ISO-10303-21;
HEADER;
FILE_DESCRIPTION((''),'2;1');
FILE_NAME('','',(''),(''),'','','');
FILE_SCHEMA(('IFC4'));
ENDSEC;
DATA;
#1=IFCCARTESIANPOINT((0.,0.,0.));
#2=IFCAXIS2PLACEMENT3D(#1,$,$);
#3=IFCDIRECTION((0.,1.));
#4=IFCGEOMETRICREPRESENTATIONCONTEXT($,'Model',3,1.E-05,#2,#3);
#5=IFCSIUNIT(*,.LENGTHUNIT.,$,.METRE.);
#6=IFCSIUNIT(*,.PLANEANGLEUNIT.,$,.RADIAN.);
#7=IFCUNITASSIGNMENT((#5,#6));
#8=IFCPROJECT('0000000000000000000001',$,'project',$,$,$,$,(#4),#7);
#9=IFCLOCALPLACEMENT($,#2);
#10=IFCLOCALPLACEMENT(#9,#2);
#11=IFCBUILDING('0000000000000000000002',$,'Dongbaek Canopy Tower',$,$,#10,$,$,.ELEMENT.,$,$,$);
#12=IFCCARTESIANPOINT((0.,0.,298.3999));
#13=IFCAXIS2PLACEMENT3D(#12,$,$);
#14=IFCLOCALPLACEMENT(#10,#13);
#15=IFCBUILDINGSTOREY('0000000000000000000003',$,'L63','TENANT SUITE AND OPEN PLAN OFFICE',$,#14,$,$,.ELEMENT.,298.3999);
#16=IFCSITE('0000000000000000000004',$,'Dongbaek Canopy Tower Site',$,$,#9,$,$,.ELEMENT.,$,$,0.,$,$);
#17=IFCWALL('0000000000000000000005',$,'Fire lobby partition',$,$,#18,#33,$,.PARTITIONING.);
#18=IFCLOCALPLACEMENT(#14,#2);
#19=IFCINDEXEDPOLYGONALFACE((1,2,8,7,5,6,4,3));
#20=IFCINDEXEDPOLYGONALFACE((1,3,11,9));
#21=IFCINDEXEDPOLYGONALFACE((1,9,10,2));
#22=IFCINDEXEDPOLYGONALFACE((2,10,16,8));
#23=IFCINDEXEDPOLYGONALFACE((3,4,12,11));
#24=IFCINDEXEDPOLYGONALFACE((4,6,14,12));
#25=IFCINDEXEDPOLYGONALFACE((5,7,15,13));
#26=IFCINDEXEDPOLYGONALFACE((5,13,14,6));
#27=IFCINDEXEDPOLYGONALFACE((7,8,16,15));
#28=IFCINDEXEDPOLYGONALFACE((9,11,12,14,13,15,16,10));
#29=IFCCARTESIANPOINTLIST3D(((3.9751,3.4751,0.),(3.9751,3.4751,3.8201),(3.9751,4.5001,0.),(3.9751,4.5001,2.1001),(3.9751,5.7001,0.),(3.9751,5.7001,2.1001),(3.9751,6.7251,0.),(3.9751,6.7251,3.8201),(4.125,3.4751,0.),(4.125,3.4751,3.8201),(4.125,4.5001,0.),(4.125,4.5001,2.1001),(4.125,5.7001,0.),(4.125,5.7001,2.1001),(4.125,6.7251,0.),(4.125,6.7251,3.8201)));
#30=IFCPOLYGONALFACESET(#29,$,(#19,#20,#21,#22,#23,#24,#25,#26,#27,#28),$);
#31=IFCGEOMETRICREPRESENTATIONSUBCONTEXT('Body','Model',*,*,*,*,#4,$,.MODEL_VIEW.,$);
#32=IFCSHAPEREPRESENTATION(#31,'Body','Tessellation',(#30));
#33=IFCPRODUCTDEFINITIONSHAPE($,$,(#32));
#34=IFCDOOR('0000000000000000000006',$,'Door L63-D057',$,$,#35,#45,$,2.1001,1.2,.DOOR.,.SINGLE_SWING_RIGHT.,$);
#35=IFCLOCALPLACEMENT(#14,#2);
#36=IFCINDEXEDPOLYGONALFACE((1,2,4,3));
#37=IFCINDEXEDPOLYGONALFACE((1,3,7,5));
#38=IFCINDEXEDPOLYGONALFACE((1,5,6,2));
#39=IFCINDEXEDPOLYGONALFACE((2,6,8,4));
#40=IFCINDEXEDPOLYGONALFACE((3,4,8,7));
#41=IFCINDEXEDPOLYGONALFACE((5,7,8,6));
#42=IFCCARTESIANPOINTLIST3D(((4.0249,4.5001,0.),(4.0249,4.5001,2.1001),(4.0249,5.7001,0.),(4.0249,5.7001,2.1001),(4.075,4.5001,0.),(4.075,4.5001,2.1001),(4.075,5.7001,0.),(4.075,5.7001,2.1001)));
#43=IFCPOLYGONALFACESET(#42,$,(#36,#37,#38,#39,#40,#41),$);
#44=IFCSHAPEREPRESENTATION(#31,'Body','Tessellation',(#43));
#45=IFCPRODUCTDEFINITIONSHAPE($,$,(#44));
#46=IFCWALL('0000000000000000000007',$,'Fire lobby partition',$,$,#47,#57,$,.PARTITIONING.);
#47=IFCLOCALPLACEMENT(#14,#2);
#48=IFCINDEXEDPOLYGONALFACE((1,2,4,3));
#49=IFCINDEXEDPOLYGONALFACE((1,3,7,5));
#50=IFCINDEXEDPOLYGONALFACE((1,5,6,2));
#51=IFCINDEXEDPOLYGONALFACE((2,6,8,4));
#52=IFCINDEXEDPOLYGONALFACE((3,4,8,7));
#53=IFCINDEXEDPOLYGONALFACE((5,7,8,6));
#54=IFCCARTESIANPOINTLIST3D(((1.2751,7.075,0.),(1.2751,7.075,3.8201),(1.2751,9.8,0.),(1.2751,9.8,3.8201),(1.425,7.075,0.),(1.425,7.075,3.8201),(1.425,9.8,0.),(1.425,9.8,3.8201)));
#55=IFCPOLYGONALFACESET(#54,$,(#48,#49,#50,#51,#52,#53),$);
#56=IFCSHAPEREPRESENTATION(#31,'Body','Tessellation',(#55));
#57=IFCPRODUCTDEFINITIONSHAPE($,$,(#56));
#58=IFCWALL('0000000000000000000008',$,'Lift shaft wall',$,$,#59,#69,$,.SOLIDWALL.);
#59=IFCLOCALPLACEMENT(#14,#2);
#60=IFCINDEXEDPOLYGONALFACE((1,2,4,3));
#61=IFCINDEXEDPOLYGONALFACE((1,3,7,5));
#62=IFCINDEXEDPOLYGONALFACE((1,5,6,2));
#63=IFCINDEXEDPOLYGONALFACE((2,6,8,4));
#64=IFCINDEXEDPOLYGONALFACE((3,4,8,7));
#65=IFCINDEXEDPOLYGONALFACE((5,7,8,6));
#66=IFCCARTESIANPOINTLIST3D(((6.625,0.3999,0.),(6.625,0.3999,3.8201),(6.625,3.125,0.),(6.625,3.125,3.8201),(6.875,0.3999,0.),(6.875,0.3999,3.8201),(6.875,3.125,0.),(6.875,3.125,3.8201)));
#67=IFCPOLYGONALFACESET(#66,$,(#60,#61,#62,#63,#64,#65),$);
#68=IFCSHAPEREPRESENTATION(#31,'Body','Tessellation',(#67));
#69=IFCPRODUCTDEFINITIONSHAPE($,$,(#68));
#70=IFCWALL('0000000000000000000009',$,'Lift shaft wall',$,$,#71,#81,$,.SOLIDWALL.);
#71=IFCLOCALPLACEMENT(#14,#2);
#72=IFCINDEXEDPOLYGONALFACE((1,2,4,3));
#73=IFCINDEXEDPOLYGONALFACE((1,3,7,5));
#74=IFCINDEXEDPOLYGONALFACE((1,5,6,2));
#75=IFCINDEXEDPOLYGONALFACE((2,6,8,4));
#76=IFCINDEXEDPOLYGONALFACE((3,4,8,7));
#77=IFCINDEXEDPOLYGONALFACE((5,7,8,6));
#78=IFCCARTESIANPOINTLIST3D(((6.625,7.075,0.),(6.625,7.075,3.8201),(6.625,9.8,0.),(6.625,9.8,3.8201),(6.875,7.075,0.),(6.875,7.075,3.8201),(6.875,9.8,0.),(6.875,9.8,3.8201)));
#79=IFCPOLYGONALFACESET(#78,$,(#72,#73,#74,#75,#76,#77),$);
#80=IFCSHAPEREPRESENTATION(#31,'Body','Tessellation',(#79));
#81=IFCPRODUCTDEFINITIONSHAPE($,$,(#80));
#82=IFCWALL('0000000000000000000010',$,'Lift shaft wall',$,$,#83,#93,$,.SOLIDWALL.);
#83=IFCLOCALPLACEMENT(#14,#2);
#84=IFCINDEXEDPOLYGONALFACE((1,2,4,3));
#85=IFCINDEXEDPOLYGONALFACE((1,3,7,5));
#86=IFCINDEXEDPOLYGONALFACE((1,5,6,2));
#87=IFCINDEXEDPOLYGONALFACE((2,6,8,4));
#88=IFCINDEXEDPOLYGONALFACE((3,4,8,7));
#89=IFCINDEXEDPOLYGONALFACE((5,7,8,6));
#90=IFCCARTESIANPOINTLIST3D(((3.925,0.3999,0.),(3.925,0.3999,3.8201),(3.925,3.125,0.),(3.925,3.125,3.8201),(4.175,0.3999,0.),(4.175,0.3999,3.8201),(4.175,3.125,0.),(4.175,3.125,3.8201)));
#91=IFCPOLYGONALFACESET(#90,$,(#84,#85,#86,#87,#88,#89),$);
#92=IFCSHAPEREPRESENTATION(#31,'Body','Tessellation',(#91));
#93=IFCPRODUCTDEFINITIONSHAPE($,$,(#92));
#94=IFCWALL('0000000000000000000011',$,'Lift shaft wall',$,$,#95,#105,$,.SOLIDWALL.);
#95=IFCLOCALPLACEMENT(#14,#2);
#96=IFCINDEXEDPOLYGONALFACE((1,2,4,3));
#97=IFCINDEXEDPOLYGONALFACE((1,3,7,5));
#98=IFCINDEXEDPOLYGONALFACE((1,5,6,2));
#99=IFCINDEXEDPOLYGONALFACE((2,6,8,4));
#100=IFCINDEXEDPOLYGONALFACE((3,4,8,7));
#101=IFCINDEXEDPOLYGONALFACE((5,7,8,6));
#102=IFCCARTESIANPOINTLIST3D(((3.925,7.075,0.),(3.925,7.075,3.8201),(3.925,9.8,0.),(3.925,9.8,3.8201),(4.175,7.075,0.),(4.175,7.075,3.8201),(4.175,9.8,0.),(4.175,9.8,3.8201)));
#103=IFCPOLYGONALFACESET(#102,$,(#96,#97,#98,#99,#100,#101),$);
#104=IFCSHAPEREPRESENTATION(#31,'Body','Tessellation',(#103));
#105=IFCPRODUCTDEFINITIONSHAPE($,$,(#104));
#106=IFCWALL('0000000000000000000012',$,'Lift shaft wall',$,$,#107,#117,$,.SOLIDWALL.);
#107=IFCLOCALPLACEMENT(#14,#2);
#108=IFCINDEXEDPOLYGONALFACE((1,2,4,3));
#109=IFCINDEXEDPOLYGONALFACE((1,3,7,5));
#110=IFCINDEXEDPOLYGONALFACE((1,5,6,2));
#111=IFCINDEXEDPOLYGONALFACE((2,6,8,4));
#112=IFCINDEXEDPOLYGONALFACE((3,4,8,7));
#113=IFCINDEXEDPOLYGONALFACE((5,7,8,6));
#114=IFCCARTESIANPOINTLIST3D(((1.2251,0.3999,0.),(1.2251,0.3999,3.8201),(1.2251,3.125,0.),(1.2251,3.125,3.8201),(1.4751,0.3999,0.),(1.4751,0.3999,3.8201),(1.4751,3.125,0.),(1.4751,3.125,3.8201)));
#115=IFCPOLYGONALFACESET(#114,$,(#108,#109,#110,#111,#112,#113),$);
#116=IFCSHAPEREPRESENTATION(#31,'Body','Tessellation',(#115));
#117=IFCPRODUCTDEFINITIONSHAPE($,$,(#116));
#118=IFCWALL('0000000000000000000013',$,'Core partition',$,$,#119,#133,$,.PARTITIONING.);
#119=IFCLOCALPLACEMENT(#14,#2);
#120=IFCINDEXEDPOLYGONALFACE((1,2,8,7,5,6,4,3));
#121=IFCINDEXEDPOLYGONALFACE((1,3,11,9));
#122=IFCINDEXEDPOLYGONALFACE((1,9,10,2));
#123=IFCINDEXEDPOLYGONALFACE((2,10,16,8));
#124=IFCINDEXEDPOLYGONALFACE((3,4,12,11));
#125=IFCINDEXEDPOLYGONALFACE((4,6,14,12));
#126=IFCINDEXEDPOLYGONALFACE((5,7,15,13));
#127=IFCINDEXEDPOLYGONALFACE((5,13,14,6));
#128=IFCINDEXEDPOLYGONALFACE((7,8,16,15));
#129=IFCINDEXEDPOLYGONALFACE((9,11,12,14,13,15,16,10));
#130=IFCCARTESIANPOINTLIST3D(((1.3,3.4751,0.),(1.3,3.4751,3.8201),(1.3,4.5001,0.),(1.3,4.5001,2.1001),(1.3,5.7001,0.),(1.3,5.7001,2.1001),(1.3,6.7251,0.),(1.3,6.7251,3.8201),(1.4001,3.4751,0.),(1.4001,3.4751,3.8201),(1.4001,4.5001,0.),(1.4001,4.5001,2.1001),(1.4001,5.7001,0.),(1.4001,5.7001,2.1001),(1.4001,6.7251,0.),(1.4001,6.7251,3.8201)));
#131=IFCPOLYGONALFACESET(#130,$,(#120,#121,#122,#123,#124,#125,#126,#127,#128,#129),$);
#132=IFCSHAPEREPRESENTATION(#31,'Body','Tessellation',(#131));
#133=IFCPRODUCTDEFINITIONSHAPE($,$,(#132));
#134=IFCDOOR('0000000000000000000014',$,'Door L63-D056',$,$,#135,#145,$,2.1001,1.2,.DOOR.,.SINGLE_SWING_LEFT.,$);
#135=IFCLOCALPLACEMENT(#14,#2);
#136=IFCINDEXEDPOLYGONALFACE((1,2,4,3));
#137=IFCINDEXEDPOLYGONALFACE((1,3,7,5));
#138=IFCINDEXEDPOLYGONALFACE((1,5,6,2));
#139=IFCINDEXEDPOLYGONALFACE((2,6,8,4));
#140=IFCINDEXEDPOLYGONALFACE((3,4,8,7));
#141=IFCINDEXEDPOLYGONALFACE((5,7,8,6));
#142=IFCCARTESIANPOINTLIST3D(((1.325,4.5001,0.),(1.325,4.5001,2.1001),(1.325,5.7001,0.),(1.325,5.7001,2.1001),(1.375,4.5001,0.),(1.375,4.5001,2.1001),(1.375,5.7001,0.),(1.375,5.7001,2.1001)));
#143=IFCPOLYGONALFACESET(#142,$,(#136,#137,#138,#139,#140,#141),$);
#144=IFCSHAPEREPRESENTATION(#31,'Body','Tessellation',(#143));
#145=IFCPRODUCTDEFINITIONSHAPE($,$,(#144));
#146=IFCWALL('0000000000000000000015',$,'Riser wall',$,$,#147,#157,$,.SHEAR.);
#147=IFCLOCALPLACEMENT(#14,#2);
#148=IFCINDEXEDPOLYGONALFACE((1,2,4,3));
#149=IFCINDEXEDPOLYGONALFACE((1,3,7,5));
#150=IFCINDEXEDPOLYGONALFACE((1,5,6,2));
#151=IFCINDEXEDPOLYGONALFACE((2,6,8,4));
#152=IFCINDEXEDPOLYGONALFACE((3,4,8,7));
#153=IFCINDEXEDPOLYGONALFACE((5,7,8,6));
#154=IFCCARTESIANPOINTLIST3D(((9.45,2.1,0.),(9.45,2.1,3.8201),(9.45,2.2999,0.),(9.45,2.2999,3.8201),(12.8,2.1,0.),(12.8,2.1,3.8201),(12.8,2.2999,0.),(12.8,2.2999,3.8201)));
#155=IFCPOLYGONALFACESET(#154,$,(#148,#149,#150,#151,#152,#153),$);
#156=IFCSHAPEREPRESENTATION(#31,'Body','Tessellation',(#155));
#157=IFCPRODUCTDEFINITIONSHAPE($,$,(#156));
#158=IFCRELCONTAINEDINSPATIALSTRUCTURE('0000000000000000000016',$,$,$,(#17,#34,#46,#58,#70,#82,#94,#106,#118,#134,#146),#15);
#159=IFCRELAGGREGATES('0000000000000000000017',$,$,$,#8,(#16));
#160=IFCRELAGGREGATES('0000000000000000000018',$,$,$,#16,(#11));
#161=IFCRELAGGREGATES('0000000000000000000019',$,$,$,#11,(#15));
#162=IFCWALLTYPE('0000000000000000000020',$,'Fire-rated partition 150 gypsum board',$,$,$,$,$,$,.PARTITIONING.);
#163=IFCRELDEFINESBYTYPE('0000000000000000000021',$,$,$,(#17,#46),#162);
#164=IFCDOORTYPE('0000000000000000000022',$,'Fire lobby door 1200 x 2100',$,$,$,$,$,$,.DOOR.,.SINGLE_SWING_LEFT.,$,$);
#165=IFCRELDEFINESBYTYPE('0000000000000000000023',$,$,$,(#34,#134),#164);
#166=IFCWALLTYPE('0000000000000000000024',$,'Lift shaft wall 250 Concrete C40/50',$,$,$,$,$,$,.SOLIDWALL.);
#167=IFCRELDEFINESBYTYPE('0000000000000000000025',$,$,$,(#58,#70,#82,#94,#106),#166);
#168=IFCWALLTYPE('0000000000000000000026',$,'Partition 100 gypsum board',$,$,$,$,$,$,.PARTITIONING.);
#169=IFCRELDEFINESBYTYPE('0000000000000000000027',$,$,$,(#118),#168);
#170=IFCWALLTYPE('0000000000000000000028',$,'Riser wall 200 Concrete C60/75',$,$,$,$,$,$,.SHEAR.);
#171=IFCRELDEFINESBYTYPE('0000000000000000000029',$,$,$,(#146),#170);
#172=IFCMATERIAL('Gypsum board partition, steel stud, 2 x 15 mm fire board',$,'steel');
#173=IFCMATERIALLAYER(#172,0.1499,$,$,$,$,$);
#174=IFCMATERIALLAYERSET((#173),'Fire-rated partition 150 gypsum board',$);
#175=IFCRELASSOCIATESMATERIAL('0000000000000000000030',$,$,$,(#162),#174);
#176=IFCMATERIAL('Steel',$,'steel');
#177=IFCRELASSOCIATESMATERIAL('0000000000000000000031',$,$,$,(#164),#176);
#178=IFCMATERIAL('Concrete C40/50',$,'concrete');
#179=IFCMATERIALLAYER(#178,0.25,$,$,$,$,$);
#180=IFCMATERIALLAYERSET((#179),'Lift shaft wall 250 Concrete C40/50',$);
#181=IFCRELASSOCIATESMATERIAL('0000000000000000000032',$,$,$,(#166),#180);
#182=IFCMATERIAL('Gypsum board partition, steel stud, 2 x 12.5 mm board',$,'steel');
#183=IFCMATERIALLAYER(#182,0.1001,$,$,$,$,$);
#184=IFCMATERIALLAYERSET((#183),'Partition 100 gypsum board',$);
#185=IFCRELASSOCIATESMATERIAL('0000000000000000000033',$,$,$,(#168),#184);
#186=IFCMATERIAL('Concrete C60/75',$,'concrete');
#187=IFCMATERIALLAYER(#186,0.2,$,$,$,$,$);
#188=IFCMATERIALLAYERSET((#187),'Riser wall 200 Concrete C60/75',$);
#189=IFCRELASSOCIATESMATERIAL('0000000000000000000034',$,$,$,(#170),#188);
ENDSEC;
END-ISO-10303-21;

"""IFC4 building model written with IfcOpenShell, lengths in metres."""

from ifc_helpers import new_model, si_unit, direction, frame, frame_2d, origin, place, context, subcontext, project, spatial, rectangle, extrude, material, layer, layer_set, type_object, element, fill, save


model = new_model("IFC4")

# Units and contexts
model_context = context("Model", 3, precision=1e-05, world=origin(), true_north=direction((0.0, 1.0)))
body_context = subcontext(model_context, "Body", "Model", "MODEL_VIEW")
ifc_project = project(units=[si_unit("LENGTHUNIT", "METRE"), si_unit("PLANEANGLEUNIT", "RADIAN")], contexts=[model_context])

# Site, building, storey
site_placement = place(None, origin())
site = spatial("IfcSite", under=ifc_project, at=site_placement, Name="Dongbaek Canopy Tower Site", CompositionType="ELEMENT", RefElevation=0.0)
building_placement = place(site_placement, origin())
building = spatial("IfcBuilding", under=site, at=building_placement, Name="Dongbaek Canopy Tower", CompositionType="ELEMENT")
storey_placement = place(building_placement, frame((0.0, 0.0, 298.3999)))
storey = spatial("IfcBuildingStorey", under=building, at=storey_placement, Name="L63", Description="TENANT SUITE AND OPEN PLAN OFFICE", CompositionType="ELEMENT", Elevation=298.3999)

# Wall, opening, door
ifc_material_1 = material(Name="Gypsum board partition, steel stud, 2 x 15 mm fire board", Category="steel")
ifc_layer_1 = layer(ifc_material_1, 0.1499)
ifc_layer_set_1 = layer_set([ifc_layer_1], Name="Fire-rated partition 150 gypsum board")
wall_type_1 = type_object("IfcWallType", Name="Fire-rated partition 150 gypsum board", PredefinedType="PARTITIONING", material=ifc_layer_set_1)
wall_1_placement = place(storey_placement, frame((4.05, 6.7251, 0.0), z_axis=(0.0, 0.0, 1.0), x_axis=(0.0, -1.0, 0.0)))
wall_1 = element("IfcWall", 1, at=wall_1_placement, inside=storey, type_object=wall_type_1, Name="Fire lobby partition", PredefinedType="PARTITIONING", context=body_context, shape_type="SweptSolid", body=[
    extrude(rectangle(XDim=3.25, YDim=0.1499, at=frame_2d((1.625, 0.0))), origin(), (0.0, 0.0, 1.0), 3.8201),
])
opening_1_placement = place(wall_1_placement, frame((1.0249, 0.0, 0.0)))
opening_1 = element("IfcOpeningElement", 2, at=opening_1_placement, cuts=wall_1, PredefinedType="OPENING", context=body_context, shape_type="SweptSolid", body=[
    extrude(rectangle(XDim=1.2, YDim=2.1001, at=frame_2d((0.6001, 1.05))), frame((0.0, 0.085, 0.0), z_axis=(0.0, -1.0, 0.0), x_axis=(1.0, 0.0, 0.0)), (0.0, 0.0, 1.0), 0.1699),
])
ifc_material_2 = material(Name="Steel", Category="steel")
door_type_1 = type_object("IfcDoorType", Name="Fire lobby door 1200 x 2100", OperationType="SINGLE_SWING_LEFT", PredefinedType="DOOR", material=ifc_material_2)
door_1_placement = place(opening_1_placement, origin())
door_1 = element("IfcDoor", 3, at=door_1_placement, inside=storey, type_object=door_type_1, Name="Door L63-D057", OperationType="SINGLE_SWING_RIGHT", OverallHeight=2.1001, OverallWidth=1.2, PredefinedType="DOOR", context=body_context, shape_type="SweptSolid", body=[
    extrude(rectangle(XDim=1.2, YDim=2.1001, at=frame_2d((0.6001, 1.05))), frame((0.0, 0.0249, 0.0), z_axis=(0.0, -1.0, 0.0), x_axis=(1.0, 0.0, 0.0)), (0.0, 0.0, 1.0), 0.05),
])
fill(opening_1, door_1)

# Walls
wall_2_placement = place(storey_placement, frame((1.3501, 7.075, 0.0), z_axis=(0.0, 0.0, 1.0), x_axis=(0.0, 1.0, 0.0)))
element("IfcWall", 4, at=wall_2_placement, inside=storey, type_object=wall_type_1, Name="Fire lobby partition", PredefinedType="PARTITIONING", context=body_context, shape_type="SweptSolid", body=[
    extrude(rectangle(XDim=2.7251, YDim=0.1499, at=frame_2d((1.3625, 0.0))), origin(), (0.0, 0.0, 1.0), 3.8201),
])
ifc_material_3 = material(Name="Concrete C40/50", Category="concrete")
ifc_layer_2 = layer(ifc_material_3, 0.25)
ifc_layer_set_2 = layer_set([ifc_layer_2], Name="Lift shaft wall 250 Concrete C40/50")
wall_type_2 = type_object("IfcWallType", Name="Lift shaft wall 250 Concrete C40/50", PredefinedType="SOLIDWALL", material=ifc_layer_set_2)
for number, where, z_axis, x_axis, name in (
    (5, (6.75, 0.3999, 0.0), (0.0, 0.0, 1.0), (0.0, 1.0, 0.0), "Lift shaft wall"),
    (6, (6.75, 7.075, 0.0), (0.0, 0.0, 1.0), (0.0, 1.0, 0.0), "Lift shaft wall"),
    (7, (4.05, 0.3999, 0.0), (0.0, 0.0, 1.0), (0.0, 1.0, 0.0), "Lift shaft wall"),
    (8, (4.05, 7.075, 0.0), (0.0, 0.0, 1.0), (0.0, 1.0, 0.0), "Lift shaft wall"),
    (9, (1.3501, 0.3999, 0.0), (0.0, 0.0, 1.0), (0.0, 1.0, 0.0), "Lift shaft wall"),
):
    element("IfcWall", number, at=place(storey_placement, frame(where, z_axis=z_axis, x_axis=x_axis)), inside=storey, type_object=wall_type_2, Name=name, PredefinedType="SOLIDWALL", context=body_context, shape_type="SweptSolid", body=[
        extrude(rectangle(XDim=2.7251, YDim=0.25, at=frame_2d((1.3625, 0.0))), origin(), (0.0, 0.0, 1.0), 3.8201),
    ])

# Wall, opening, door
ifc_material_4 = material(Name="Gypsum board partition, steel stud, 2 x 12.5 mm board", Category="steel")
ifc_layer_3 = layer(ifc_material_4, 0.1001)
ifc_layer_set_3 = layer_set([ifc_layer_3], Name="Partition 100 gypsum board")
wall_type_3 = type_object("IfcWallType", Name="Partition 100 gypsum board", PredefinedType="PARTITIONING", material=ifc_layer_set_3)
wall_3_placement = place(storey_placement, frame((1.3501, 6.7251, 0.0), z_axis=(0.0, 0.0, 1.0), x_axis=(0.0, -1.0, 0.0)))
wall_3 = element("IfcWall", 10, at=wall_3_placement, inside=storey, type_object=wall_type_3, Name="Core partition", PredefinedType="PARTITIONING", context=body_context, shape_type="SweptSolid", body=[
    extrude(rectangle(XDim=3.25, YDim=0.1001, at=frame_2d((1.625, 0.0))), origin(), (0.0, 0.0, 1.0), 3.8201),
])
opening_2_placement = place(wall_3_placement, frame((1.0249, 0.0, 0.0)))
opening_2 = element("IfcOpeningElement", 11, at=opening_2_placement, cuts=wall_3, PredefinedType="OPENING", context=body_context, shape_type="SweptSolid", body=[
    extrude(rectangle(XDim=1.2, YDim=2.1001, at=frame_2d((0.6001, 1.05))), frame((0.0, 0.0601, 0.0), z_axis=(0.0, -1.0, 0.0), x_axis=(1.0, 0.0, 0.0)), (0.0, 0.0, 1.0), 0.1201),
])
door_2_placement = place(opening_2_placement, origin())
door_2 = element("IfcDoor", 12, at=door_2_placement, inside=storey, type_object=door_type_1, Name="Door L63-D056", OperationType="SINGLE_SWING_LEFT", OverallHeight=2.1001, OverallWidth=1.2, PredefinedType="DOOR", context=body_context, shape_type="SweptSolid", body=[
    extrude(rectangle(XDim=1.2, YDim=2.1001, at=frame_2d((0.6001, 1.05))), frame((0.0, 0.0249, 0.0), z_axis=(0.0, -1.0, 0.0), x_axis=(1.0, 0.0, 0.0)), (0.0, 0.0, 1.0), 0.05),
])
fill(opening_2, door_2)

# Wall
ifc_material_5 = material(Name="Concrete C60/75", Category="concrete")
ifc_layer_4 = layer(ifc_material_5, 0.2)
ifc_layer_set_4 = layer_set([ifc_layer_4], Name="Riser wall 200 Concrete C60/75")
wall_type_4 = type_object("IfcWallType", Name="Riser wall 200 Concrete C60/75", PredefinedType="SHEAR", material=ifc_layer_set_4)
wall_4_placement = place(storey_placement, frame((9.45, 2.2, 0.0), z_axis=(0.0, 0.0, 1.0), x_axis=(1.0, 0.0, 0.0)))
element("IfcWall", 13, at=wall_4_placement, inside=storey, type_object=wall_type_4, Name="Riser wall", PredefinedType="SHEAR", context=body_context, shape_type="SweptSolid", body=[
    extrude(rectangle(XDim=3.3501, YDim=0.2, at=frame_2d((1.675, 0.0))), origin(), (0.0, 0.0, 1.0), 3.8201),
])

save(model, "model.ifc")
